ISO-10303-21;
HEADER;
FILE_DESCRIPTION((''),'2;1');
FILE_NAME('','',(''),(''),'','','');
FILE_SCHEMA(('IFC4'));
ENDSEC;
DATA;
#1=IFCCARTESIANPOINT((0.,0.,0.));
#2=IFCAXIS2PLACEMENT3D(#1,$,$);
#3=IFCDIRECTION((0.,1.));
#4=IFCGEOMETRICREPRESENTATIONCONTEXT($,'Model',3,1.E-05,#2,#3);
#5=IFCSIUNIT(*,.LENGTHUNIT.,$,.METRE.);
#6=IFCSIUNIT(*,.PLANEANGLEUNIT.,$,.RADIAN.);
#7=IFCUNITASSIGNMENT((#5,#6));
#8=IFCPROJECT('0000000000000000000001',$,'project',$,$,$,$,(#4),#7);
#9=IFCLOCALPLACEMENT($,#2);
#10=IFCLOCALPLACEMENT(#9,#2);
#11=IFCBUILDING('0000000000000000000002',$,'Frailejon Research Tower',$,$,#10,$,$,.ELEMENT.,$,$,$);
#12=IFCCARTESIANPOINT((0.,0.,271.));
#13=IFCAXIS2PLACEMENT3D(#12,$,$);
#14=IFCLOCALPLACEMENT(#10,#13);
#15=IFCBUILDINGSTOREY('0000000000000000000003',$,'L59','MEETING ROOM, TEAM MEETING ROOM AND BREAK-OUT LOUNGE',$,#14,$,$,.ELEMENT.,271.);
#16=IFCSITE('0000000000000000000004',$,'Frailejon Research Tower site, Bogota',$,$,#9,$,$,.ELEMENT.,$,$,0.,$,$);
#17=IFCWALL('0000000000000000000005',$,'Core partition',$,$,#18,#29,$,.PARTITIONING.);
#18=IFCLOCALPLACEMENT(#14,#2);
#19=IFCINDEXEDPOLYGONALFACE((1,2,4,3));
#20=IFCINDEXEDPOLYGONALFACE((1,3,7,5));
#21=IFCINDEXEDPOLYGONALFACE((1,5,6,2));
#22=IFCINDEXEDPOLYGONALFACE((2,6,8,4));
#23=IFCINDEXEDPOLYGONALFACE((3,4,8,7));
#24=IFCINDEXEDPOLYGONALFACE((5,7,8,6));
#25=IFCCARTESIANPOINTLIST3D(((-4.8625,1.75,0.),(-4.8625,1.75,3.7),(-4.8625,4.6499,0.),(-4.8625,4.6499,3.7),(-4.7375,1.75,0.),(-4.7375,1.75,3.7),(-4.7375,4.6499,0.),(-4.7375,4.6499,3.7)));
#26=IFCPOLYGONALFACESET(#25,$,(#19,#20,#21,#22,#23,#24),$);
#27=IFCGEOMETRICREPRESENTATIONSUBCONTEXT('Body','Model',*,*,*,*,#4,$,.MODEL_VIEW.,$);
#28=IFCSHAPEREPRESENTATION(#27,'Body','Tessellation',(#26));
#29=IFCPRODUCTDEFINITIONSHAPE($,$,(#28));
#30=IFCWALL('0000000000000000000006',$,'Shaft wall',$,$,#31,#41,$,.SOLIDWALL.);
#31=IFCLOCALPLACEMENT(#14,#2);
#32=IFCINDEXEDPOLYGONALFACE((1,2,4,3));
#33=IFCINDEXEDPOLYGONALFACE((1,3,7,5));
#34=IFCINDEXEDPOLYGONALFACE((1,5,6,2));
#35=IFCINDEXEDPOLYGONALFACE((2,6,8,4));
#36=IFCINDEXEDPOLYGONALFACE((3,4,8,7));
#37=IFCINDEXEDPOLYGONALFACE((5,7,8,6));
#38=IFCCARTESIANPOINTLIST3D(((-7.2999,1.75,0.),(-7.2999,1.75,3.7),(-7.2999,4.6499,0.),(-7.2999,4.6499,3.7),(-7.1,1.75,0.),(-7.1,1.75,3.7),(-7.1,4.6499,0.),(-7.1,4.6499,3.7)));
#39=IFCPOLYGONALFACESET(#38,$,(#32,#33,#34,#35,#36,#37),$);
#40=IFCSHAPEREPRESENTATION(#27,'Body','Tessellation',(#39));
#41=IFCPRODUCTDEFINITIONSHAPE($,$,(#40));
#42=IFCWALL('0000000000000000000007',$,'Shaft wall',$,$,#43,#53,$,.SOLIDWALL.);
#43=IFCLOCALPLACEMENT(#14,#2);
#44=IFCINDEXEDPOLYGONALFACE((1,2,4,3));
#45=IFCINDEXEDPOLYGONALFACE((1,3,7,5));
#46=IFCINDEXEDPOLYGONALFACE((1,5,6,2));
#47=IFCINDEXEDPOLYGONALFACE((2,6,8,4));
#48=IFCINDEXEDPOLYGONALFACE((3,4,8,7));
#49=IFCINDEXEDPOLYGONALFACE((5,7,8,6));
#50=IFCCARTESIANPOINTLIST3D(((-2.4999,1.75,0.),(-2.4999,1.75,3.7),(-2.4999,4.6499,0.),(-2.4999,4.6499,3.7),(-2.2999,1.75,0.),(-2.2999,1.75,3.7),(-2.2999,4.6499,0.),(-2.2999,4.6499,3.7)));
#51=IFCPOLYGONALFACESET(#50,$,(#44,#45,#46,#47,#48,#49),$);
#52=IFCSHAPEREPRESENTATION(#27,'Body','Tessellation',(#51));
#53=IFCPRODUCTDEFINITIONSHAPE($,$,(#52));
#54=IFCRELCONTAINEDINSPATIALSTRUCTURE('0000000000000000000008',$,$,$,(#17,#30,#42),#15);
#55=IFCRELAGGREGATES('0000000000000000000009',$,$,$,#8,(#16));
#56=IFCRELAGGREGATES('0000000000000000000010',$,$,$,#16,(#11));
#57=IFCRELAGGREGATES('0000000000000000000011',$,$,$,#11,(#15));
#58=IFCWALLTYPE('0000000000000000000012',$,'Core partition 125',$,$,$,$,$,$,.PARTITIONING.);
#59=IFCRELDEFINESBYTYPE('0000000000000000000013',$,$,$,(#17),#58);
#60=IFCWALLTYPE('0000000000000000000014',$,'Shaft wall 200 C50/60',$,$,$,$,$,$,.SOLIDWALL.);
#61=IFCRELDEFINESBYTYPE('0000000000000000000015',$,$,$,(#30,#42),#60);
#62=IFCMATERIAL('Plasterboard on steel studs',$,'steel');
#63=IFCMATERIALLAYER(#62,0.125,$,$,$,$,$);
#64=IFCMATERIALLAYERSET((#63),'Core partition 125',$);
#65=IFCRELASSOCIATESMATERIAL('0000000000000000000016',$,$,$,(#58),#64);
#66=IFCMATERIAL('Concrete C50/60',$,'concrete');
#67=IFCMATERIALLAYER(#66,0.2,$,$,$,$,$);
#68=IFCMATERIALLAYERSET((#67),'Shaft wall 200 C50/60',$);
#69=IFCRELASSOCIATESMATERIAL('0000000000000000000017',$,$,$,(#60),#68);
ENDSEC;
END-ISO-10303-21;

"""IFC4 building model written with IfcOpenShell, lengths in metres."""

from ifc_helpers import new_model, si_unit, direction, frame, frame_2d, origin, place, context, subcontext, project, spatial, rectangle, extrude, material, layer, layer_set, type_object, element, save


model = new_model("IFC4")

# Units and contexts
model_context = context("Model", 3, precision=1e-05, world=origin(), true_north=direction((0.0, 1.0)))
body_context = subcontext(model_context, "Body", "Model", "MODEL_VIEW")
ifc_project = project(units=[si_unit("LENGTHUNIT", "METRE"), si_unit("PLANEANGLEUNIT", "RADIAN")], contexts=[model_context])

# Site, building, storey
site_placement = place(None, origin())
site = spatial("IfcSite", under=ifc_project, at=site_placement, Name="Frailejon Research Tower site, Bogota", CompositionType="ELEMENT", RefElevation=0.0)
building_placement = place(site_placement, origin())
building = spatial("IfcBuilding", under=site, at=building_placement, Name="Frailejon Research Tower", CompositionType="ELEMENT")
storey_placement = place(building_placement, frame((0.0, 0.0, 271.0)))
storey = spatial("IfcBuildingStorey", under=building, at=storey_placement, Name="L59", Description="MEETING ROOM, TEAM MEETING ROOM AND BREAK-OUT LOUNGE", CompositionType="ELEMENT", Elevation=271.0)

# Walls
ifc_material_1 = material(Name="Plasterboard on steel studs", Category="steel")
ifc_layer_1 = layer(ifc_material_1, 0.125)
ifc_layer_set_1 = layer_set([ifc_layer_1], Name="Core partition 125")
wall_type_1 = type_object("IfcWallType", Name="Core partition 125", PredefinedType="PARTITIONING", material=ifc_layer_set_1)
wall_1_placement = place(storey_placement, frame((-4.8, 1.75, 0.0), z_axis=(0.0, 0.0, 1.0), x_axis=(0.0, 1.0, 0.0)))
element("IfcWall", 1, at=wall_1_placement, inside=storey, type_object=wall_type_1, Name="Core partition", PredefinedType="PARTITIONING", context=body_context, shape_type="SweptSolid", body=[
    extrude(rectangle(XDim=2.8999, YDim=0.125, at=frame_2d((1.45, 0.0))), origin(), (0.0, 0.0, 1.0), 3.7),
])
ifc_material_2 = material(Name="Concrete C50/60", Category="concrete")
ifc_layer_2 = layer(ifc_material_2, 0.2)
ifc_layer_set_2 = layer_set([ifc_layer_2], Name="Shaft wall 200 C50/60")
wall_type_2 = type_object("IfcWallType", Name="Shaft wall 200 C50/60", PredefinedType="SOLIDWALL", material=ifc_layer_set_2)
for number, where, z_axis, x_axis, name in (
    (2, (-7.2, 1.75, 0.0), (0.0, 0.0, 1.0), (0.0, 1.0, 0.0), "Shaft wall"),
    (3, (-2.3999, 1.75, 0.0), (0.0, 0.0, 1.0), (0.0, 1.0, 0.0), "Shaft wall"),
):
    element("IfcWall", number, at=place(storey_placement, frame(where, z_axis=z_axis, x_axis=x_axis)), inside=storey, type_object=wall_type_2, Name=name, PredefinedType="SOLIDWALL", context=body_context, shape_type="SweptSolid", body=[
        extrude(rectangle(XDim=2.8999, YDim=0.2, at=frame_2d((1.45, 0.0))), origin(), (0.0, 0.0, 1.0), 3.7),
    ])

save(model, "model.ifc")
